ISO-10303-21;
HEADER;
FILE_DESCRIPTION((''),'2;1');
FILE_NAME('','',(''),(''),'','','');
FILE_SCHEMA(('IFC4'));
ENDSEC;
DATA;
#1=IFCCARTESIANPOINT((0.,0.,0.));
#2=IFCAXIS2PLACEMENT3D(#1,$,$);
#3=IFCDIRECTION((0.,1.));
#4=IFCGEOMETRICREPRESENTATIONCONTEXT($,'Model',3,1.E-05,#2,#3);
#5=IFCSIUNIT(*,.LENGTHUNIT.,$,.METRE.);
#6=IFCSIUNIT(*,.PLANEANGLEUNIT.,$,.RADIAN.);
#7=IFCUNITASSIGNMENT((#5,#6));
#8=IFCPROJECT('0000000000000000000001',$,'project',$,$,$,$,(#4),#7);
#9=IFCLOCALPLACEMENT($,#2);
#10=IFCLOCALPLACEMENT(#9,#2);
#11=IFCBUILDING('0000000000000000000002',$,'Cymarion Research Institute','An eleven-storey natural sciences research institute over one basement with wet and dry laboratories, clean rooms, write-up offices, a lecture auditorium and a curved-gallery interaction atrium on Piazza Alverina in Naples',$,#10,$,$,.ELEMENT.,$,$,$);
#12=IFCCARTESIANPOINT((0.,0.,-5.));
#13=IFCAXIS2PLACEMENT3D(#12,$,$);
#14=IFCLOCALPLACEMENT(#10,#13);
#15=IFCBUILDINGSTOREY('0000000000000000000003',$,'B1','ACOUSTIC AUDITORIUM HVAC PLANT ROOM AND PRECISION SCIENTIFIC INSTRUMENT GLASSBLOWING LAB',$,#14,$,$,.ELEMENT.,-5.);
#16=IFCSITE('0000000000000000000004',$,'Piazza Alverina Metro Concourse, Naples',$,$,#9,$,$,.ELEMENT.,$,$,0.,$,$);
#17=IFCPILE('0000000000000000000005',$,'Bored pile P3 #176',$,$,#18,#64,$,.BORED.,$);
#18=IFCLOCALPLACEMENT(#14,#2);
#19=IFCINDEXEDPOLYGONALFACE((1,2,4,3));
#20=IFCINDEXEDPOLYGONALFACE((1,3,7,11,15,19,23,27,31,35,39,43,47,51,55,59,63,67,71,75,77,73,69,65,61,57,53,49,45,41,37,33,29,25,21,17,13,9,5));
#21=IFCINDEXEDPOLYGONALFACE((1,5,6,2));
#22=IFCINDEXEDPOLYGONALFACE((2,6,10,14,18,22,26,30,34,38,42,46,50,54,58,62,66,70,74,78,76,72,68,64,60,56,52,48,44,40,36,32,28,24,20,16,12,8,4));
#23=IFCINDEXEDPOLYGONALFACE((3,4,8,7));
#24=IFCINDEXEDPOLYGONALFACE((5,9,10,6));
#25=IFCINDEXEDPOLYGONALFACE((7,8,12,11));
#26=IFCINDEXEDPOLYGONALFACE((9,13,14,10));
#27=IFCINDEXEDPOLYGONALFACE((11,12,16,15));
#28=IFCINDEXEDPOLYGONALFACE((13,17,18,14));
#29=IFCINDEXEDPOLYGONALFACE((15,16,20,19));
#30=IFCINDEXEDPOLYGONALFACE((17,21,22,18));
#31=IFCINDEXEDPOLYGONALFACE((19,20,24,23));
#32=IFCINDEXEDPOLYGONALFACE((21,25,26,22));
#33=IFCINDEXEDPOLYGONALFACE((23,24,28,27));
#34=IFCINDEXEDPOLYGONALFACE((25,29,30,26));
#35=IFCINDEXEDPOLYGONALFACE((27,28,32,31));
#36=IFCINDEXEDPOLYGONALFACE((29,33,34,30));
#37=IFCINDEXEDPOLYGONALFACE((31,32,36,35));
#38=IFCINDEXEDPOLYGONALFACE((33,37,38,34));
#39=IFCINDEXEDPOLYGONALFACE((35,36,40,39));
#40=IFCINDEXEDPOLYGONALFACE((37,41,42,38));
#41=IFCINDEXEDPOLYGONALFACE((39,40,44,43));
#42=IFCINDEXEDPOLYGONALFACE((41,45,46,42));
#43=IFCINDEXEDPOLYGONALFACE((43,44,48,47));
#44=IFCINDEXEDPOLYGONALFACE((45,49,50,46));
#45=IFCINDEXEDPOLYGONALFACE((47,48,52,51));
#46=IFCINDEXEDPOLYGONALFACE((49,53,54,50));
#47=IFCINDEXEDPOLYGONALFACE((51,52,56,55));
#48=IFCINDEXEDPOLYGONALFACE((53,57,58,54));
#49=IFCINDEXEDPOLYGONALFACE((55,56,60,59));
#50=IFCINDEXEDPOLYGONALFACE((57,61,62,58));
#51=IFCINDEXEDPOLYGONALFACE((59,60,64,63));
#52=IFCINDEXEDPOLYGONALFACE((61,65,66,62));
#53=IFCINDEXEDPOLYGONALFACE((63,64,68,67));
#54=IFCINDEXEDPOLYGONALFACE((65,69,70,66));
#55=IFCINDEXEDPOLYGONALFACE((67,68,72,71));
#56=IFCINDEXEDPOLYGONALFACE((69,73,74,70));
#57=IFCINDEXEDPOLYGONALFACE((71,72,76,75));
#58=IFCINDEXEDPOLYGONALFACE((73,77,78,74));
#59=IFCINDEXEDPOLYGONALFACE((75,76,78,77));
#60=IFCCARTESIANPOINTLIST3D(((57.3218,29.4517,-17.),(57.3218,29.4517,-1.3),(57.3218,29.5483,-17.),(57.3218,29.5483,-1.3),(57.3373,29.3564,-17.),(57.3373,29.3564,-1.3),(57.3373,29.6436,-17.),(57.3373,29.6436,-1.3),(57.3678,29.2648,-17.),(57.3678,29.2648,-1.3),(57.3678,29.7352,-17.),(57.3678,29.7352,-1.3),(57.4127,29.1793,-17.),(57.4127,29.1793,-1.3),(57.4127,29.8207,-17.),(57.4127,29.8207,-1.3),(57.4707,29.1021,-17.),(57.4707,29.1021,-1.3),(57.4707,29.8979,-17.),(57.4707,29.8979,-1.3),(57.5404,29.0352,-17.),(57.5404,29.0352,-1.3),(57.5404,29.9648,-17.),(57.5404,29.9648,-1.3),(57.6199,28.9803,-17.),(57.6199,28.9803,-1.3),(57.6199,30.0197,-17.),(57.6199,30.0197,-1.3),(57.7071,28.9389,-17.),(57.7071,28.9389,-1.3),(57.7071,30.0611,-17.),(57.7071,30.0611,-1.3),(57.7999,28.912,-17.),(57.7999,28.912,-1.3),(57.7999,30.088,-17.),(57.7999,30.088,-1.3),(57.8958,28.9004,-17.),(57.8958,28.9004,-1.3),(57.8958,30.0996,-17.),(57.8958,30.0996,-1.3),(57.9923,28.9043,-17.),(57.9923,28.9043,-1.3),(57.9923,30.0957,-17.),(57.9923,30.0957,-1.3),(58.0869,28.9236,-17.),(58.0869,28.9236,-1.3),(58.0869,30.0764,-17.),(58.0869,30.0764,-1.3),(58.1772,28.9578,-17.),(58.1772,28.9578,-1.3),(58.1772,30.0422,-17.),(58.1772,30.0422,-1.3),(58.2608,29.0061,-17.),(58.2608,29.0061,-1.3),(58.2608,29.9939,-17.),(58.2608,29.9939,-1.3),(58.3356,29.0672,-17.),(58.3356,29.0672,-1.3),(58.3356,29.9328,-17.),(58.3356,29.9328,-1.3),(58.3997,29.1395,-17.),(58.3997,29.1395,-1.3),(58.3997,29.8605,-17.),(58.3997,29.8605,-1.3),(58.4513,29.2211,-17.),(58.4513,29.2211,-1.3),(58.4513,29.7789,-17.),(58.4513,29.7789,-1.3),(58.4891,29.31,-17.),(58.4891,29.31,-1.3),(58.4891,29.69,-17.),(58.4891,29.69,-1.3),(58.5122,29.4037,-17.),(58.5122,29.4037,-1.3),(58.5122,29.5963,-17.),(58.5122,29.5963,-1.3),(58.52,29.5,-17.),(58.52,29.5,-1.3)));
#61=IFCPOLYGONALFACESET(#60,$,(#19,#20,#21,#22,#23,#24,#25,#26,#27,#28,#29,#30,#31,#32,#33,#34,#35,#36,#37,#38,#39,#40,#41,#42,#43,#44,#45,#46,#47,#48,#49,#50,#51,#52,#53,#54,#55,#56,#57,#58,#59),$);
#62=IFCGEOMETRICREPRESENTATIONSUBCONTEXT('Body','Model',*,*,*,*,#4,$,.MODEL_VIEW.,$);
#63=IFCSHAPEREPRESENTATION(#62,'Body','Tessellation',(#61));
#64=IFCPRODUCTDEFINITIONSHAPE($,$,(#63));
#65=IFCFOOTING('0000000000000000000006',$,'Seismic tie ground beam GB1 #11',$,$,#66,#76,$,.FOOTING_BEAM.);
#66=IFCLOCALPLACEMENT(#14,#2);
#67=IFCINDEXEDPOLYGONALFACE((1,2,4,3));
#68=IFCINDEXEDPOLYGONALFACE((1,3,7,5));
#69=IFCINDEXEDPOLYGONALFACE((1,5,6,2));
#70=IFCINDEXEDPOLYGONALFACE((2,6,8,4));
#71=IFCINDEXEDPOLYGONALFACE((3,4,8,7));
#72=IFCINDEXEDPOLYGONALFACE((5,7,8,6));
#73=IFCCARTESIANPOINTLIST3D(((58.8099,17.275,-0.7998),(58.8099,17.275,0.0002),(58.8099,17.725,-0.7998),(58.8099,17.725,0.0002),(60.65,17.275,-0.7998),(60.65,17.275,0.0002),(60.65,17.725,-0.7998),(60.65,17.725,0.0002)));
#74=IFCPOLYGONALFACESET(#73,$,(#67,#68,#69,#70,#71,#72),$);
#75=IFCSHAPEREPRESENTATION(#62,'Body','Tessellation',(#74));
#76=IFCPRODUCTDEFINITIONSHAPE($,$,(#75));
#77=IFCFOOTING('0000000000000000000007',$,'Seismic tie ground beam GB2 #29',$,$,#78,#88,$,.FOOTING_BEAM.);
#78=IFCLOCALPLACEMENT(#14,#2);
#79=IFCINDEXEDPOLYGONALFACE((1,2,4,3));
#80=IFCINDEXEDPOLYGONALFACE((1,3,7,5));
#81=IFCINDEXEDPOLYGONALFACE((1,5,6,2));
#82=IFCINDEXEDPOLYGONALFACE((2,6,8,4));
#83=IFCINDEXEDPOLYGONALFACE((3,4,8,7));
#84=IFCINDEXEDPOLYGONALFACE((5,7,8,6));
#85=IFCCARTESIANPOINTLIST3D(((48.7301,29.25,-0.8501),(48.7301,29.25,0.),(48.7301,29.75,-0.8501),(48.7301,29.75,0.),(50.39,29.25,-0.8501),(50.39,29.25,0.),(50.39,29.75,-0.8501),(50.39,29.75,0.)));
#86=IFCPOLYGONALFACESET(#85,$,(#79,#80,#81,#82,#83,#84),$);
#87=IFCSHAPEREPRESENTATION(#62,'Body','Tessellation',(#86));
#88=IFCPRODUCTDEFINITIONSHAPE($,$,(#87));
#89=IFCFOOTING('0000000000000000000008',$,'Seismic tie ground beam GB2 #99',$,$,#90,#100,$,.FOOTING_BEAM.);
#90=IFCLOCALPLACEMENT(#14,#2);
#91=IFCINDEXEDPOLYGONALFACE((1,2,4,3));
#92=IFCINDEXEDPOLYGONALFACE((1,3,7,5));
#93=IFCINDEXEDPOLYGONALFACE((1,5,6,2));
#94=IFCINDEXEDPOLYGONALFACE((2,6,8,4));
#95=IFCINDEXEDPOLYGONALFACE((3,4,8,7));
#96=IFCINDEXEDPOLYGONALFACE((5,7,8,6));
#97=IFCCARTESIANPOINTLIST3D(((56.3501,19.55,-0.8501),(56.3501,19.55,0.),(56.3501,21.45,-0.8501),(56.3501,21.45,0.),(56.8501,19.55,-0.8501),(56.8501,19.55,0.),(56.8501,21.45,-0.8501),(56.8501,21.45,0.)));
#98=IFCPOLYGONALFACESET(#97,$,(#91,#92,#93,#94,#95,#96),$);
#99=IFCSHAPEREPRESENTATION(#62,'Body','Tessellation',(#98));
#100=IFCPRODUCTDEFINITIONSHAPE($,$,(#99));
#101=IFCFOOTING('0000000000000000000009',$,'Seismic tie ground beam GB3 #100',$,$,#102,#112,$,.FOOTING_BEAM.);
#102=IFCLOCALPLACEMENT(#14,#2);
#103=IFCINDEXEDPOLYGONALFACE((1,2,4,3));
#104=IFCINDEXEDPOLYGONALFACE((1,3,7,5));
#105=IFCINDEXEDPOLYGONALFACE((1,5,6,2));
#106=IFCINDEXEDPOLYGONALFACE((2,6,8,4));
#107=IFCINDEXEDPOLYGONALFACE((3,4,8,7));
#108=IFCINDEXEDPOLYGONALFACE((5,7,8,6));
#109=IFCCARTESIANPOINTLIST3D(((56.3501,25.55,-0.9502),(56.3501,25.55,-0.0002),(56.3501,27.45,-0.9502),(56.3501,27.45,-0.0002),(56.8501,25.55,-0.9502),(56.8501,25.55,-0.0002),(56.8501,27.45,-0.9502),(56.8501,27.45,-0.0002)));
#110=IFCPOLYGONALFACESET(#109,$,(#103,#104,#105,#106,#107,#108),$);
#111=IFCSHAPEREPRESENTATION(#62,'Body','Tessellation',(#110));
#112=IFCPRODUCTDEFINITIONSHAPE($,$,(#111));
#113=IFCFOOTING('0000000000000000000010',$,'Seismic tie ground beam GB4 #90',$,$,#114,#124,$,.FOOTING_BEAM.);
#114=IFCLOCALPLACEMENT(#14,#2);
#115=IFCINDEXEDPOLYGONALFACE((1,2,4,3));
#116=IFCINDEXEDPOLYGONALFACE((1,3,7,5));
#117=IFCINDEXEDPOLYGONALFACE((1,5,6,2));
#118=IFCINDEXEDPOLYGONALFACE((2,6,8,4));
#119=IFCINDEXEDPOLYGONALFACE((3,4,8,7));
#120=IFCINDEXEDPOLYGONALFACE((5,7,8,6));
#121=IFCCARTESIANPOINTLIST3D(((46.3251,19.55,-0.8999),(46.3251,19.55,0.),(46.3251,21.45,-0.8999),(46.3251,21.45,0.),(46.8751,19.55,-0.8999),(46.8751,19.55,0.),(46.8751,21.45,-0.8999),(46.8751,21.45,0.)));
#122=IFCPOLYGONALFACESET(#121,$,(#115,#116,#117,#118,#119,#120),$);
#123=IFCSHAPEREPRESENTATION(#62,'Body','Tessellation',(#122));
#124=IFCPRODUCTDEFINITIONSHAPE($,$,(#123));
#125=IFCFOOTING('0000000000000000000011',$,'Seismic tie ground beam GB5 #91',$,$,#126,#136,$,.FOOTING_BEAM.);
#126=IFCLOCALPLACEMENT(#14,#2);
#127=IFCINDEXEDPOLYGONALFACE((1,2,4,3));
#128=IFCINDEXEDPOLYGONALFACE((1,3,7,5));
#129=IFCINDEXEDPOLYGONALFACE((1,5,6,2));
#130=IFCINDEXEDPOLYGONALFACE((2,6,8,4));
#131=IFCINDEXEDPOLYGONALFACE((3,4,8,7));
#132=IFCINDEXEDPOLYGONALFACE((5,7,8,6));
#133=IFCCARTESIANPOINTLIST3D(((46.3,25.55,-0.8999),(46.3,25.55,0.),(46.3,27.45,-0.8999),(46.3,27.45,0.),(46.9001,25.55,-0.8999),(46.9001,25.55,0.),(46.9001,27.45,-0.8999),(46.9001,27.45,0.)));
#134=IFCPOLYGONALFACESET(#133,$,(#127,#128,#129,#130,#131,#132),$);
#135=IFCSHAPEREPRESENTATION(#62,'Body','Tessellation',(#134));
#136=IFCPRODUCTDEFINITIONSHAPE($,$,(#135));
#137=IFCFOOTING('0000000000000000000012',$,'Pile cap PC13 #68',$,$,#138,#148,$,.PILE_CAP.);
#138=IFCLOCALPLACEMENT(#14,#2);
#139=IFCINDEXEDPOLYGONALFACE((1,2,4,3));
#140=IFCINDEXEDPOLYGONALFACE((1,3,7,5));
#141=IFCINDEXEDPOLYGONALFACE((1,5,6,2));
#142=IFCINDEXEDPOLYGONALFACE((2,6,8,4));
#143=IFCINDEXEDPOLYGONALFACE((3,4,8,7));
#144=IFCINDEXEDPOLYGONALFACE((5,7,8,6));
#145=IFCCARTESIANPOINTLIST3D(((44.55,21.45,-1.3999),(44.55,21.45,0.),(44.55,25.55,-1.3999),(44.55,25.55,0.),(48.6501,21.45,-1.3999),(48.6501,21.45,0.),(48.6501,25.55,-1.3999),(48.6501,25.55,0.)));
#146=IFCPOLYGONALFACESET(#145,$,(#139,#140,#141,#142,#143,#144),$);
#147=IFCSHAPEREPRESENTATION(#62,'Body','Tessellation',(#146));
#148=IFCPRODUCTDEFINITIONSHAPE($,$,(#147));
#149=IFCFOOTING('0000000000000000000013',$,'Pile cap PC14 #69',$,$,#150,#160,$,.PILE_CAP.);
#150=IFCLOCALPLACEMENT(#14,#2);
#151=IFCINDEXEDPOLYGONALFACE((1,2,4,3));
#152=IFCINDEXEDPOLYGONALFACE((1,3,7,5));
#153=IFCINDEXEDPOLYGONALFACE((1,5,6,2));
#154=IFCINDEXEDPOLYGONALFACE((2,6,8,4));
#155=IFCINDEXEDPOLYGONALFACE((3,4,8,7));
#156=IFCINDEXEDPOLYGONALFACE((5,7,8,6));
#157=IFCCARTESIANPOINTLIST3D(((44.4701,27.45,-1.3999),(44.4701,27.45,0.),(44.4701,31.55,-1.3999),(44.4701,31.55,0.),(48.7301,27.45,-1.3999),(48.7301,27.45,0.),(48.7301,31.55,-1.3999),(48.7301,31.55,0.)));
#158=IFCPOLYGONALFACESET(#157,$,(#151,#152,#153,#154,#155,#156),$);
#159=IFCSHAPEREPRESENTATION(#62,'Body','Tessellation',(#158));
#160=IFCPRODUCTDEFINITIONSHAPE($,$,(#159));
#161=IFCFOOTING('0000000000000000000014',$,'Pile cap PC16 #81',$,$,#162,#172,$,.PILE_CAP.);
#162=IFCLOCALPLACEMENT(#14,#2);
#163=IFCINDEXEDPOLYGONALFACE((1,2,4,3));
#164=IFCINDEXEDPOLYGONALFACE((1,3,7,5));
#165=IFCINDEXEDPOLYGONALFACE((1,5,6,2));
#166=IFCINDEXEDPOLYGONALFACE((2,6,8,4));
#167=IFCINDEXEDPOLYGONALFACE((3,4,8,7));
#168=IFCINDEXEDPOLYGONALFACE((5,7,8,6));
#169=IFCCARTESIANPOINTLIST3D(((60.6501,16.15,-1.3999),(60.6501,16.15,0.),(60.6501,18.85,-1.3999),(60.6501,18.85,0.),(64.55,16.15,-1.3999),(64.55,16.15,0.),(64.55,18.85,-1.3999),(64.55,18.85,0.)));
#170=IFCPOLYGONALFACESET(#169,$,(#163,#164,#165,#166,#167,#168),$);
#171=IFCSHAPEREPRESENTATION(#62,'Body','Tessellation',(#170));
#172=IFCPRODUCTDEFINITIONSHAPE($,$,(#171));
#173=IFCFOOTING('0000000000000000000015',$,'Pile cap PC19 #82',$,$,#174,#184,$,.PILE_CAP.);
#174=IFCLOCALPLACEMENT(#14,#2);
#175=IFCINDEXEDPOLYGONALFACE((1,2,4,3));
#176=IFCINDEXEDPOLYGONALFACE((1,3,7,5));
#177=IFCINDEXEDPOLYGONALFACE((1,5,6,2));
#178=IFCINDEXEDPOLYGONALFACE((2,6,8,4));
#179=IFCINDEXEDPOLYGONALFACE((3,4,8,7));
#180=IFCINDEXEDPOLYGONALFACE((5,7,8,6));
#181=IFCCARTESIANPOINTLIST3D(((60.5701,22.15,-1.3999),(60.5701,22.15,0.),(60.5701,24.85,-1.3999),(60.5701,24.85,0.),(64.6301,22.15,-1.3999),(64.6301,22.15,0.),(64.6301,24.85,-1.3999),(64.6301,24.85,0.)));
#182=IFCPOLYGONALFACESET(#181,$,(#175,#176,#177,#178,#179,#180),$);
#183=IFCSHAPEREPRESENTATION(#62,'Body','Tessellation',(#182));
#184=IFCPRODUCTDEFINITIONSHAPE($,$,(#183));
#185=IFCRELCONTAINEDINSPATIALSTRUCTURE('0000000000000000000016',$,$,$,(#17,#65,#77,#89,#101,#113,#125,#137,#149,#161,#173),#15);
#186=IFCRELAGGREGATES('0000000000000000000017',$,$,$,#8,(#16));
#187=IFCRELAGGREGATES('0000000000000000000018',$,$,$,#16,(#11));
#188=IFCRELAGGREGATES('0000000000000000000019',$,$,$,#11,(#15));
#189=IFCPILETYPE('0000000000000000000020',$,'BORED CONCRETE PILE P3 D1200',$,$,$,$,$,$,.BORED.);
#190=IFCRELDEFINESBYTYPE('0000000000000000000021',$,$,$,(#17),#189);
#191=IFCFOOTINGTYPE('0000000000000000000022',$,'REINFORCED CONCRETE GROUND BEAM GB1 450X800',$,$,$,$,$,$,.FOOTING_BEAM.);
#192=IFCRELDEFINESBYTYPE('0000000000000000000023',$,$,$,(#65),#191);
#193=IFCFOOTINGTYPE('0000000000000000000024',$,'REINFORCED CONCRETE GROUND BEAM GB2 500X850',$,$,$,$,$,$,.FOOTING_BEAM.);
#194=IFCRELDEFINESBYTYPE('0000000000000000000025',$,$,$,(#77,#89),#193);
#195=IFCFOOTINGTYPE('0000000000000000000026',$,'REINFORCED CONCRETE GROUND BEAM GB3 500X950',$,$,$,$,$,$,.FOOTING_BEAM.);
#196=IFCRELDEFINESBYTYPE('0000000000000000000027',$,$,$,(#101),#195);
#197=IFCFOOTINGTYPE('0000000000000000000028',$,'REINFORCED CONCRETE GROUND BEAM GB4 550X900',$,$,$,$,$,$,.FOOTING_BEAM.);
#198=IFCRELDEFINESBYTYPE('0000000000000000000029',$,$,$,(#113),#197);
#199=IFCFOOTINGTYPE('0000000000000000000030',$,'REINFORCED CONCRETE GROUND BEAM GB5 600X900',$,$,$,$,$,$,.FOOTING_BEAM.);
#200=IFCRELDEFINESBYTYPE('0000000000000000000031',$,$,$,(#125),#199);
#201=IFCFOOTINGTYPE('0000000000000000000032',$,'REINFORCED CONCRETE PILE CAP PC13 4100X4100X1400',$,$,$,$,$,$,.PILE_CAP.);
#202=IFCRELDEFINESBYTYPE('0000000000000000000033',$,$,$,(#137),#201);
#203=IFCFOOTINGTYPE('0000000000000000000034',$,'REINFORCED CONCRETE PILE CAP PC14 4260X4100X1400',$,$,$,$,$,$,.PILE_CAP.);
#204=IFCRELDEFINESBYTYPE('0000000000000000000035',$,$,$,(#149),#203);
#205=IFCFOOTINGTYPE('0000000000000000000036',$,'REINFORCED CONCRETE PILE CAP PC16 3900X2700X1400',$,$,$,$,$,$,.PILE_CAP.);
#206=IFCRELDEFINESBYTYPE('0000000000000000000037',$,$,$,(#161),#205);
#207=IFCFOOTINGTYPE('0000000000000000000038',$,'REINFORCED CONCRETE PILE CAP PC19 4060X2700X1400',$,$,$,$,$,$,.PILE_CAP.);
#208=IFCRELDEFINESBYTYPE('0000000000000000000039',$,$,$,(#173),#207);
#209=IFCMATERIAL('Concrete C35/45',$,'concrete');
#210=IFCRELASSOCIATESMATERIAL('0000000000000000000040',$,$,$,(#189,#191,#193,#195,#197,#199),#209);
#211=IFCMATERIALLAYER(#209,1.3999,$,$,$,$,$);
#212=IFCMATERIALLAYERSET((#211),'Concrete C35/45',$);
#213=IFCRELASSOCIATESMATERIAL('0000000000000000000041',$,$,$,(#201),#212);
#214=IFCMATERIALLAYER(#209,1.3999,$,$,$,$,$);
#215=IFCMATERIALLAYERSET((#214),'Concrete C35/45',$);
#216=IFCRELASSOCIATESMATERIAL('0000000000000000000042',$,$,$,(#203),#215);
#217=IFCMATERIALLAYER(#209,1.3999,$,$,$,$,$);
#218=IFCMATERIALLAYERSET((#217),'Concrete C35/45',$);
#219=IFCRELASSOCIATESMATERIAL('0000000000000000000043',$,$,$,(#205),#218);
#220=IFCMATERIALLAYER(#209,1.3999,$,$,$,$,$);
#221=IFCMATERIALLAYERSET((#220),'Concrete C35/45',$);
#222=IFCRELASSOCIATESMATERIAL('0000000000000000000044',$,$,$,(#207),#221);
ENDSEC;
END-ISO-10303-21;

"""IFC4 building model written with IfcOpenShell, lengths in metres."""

from ifc_helpers import new_model, si_unit, direction, frame, origin, origin_2d, place, context, subcontext, project, spatial, rectangle, circle, extrude, material, layer, layer_set, material_profile, profile_set, type_object, element, save


model = new_model("IFC4")

# Units and contexts
model_context = context("Model", 3, precision=1e-05, world=origin(), true_north=direction((0.0, 1.0)))
body_context = subcontext(model_context, "Body", "Model", "MODEL_VIEW")
ifc_project = project(units=[si_unit("LENGTHUNIT", "METRE"), si_unit("PLANEANGLEUNIT", "RADIAN")], contexts=[model_context])

# Site, building, storey
site_placement = place(None, origin())
site = spatial("IfcSite", under=ifc_project, at=site_placement, Name="Piazza Alverina Metro Concourse, Naples", CompositionType="ELEMENT", RefElevation=0.0)
building_placement = place(site_placement, origin())
building = spatial("IfcBuilding", under=site, at=building_placement, Name="Cymarion Research Institute", Description="An eleven-storey natural sciences research institute over one basement with wet and dry laboratories, clean rooms, write-up offices, a lecture auditorium and a curved-gallery interaction atrium on Piazza Alverina in Naples", CompositionType="ELEMENT")
storey_placement = place(building_placement, frame((0.0, 0.0, -5.0)))
storey = spatial("IfcBuildingStorey", under=building, at=storey_placement, Name="B1", Description="ACOUSTIC AUDITORIUM HVAC PLANT ROOM AND PRECISION SCIENTIFIC INSTRUMENT GLASSBLOWING LAB", CompositionType="ELEMENT", Elevation=-5.0)

# Pile
ifc_material_1 = material(Name="Concrete C35/45", Category="concrete")
ifc_material_profile_1 = material_profile(ifc_material_1, circle(Radius=0.6001, at=origin_2d()), Name="BORED PILE D1200")
ifc_profile_set_1 = profile_set([ifc_material_profile_1], Name="Concrete C35/45")
pile_type_1 = type_object("IfcPileType", Name="BORED CONCRETE PILE P3 D1200", PredefinedType="BORED", material=ifc_profile_set_1)
for number, where, z_axis, x_axis, name in (
    (1, (57.9199, 29.5, -1.3), (0.0, 0.0, -1.0), (1.0, 0.0, 0.0), "Bored pile P3 #176"),
):
    element("IfcPile", number, at=place(storey_placement, frame(where, z_axis=z_axis, x_axis=x_axis)), inside=storey, type_object=pile_type_1, Name=name, PredefinedType="BORED", context=body_context, shape_type="SweptSolid", body=[
        extrude(circle(Radius=0.6001, at=origin_2d()), origin(), (0.0, 0.0, 1.0), 15.7),
    ])

# Footings
footing_type_1 = type_object("IfcFootingType", Name="REINFORCED CONCRETE GROUND BEAM GB1 450X800", PredefinedType="FOOTING_BEAM", material=ifc_material_1)
footing_1_placement = place(storey_placement, frame((59.73, 17.5, -0.7998), z_axis=(0.0, 0.0, 1.0), x_axis=(1.0, 0.0, 0.0)))
element("IfcFooting", 2, at=footing_1_placement, inside=storey, type_object=footing_type_1, Name="Seismic tie ground beam GB1 #11", PredefinedType="FOOTING_BEAM", context=body_context, shape_type="SweptSolid", body=[
    extrude(rectangle(XDim=1.8401, YDim=0.45, at=origin_2d()), origin(), (0.0, 0.0, 1.0), 0.8),
])
footing_type_2 = type_object("IfcFootingType", Name="REINFORCED CONCRETE GROUND BEAM GB2 500X850", PredefinedType="FOOTING_BEAM", material=ifc_material_1)
footing_2_placement = place(storey_placement, frame((49.5601, 29.5, -0.8501), z_axis=(0.0, 0.0, 1.0), x_axis=(1.0, 0.0, 0.0)))
element("IfcFooting", 3, at=footing_2_placement, inside=storey, type_object=footing_type_2, Name="Seismic tie ground beam GB2 #29", PredefinedType="FOOTING_BEAM", context=body_context, shape_type="SweptSolid", body=[
    extrude(rectangle(XDim=1.6599, YDim=0.5, at=origin_2d()), origin(), (0.0, 0.0, 1.0), 0.8501),
])
footing_3_placement = place(storey_placement, frame((56.6001, 20.5, -0.8501), z_axis=(0.0, 0.0, 1.0), x_axis=(0.0, 1.0, 0.0)))
element("IfcFooting", 4, at=footing_3_placement, inside=storey, type_object=footing_type_2, Name="Seismic tie ground beam GB2 #99", PredefinedType="FOOTING_BEAM", context=body_context, shape_type="SweptSolid", body=[
    extrude(rectangle(XDim=1.8999, YDim=0.5, at=origin_2d()), origin(), (0.0, 0.0, 1.0), 0.8501),
])
footing_type_3 = type_object("IfcFootingType", Name="REINFORCED CONCRETE GROUND BEAM GB3 500X950", PredefinedType="FOOTING_BEAM", material=ifc_material_1)
footing_4_placement = place(storey_placement, frame((56.6001, 26.5, -0.9502), z_axis=(0.0, 0.0, 1.0), x_axis=(0.0, 1.0, 0.0)))
element("IfcFooting", 5, at=footing_4_placement, inside=storey, type_object=footing_type_3, Name="Seismic tie ground beam GB3 #100", PredefinedType="FOOTING_BEAM", context=body_context, shape_type="SweptSolid", body=[
    extrude(rectangle(XDim=1.8999, YDim=0.5, at=origin_2d()), origin(), (0.0, 0.0, 1.0), 0.95),
])
footing_type_4 = type_object("IfcFootingType", Name="REINFORCED CONCRETE GROUND BEAM GB4 550X900", PredefinedType="FOOTING_BEAM", material=ifc_material_1)
footing_5_placement = place(storey_placement, frame((46.6001, 20.5, -0.8999), z_axis=(0.0, 0.0, 1.0), x_axis=(0.0, 1.0, 0.0)))
element("IfcFooting", 6, at=footing_5_placement, inside=storey, type_object=footing_type_4, Name="Seismic tie ground beam GB4 #90", PredefinedType="FOOTING_BEAM", context=body_context, shape_type="SweptSolid", body=[
    extrude(rectangle(XDim=1.8999, YDim=0.55, at=origin_2d()), origin(), (0.0, 0.0, 1.0), 0.8999),
])
footing_type_5 = type_object("IfcFootingType", Name="REINFORCED CONCRETE GROUND BEAM GB5 600X900", PredefinedType="FOOTING_BEAM", material=ifc_material_1)
footing_6_placement = place(storey_placement, frame((46.6001, 26.5, -0.8999), z_axis=(0.0, 0.0, 1.0), x_axis=(0.0, 1.0, 0.0)))
element("IfcFooting", 7, at=footing_6_placement, inside=storey, type_object=footing_type_5, Name="Seismic tie ground beam GB5 #91", PredefinedType="FOOTING_BEAM", context=body_context, shape_type="SweptSolid", body=[
    extrude(rectangle(XDim=1.8999, YDim=0.6001, at=origin_2d()), origin(), (0.0, 0.0, 1.0), 0.8999),
])
ifc_layer_1 = layer(ifc_material_1, 1.3999)
ifc_layer_set_1 = layer_set([ifc_layer_1], Name="Concrete C35/45")
footing_type_6 = type_object("IfcFootingType", Name="REINFORCED CONCRETE PILE CAP PC13 4100X4100X1400", PredefinedType="PILE_CAP", material=ifc_layer_set_1)
footing_7_placement = place(storey_placement, frame((46.6001, 23.5, -1.3999), z_axis=(0.0, 0.0, 1.0), x_axis=(1.0, 0.0, 0.0)))
element("IfcFooting", 8, at=footing_7_placement, inside=storey, type_object=footing_type_6, Name="Pile cap PC13 #68", PredefinedType="PILE_CAP", context=body_context, shape_type="SweptSolid", body=[
    extrude(rectangle(XDim=4.1001, YDim=4.1001, at=origin_2d()), origin(), (0.0, 0.0, 1.0), 1.3999),
])
ifc_layer_2 = layer(ifc_material_1, 1.3999)
ifc_layer_set_2 = layer_set([ifc_layer_2], Name="Concrete C35/45")
footing_type_7 = type_object("IfcFootingType", Name="REINFORCED CONCRETE PILE CAP PC14 4260X4100X1400", PredefinedType="PILE_CAP", material=ifc_layer_set_2)
footing_8_placement = place(storey_placement, frame((46.6001, 29.5, -1.3999), z_axis=(0.0, 0.0, 1.0), x_axis=(1.0, 0.0, 0.0)))
element("IfcFooting", 9, at=footing_8_placement, inside=storey, type_object=footing_type_7, Name="Pile cap PC14 #69", PredefinedType="PILE_CAP", context=body_context, shape_type="SweptSolid", body=[
    extrude(rectangle(XDim=4.26, YDim=4.1001, at=origin_2d()), origin(), (0.0, 0.0, 1.0), 1.3999),
])
ifc_layer_3 = layer(ifc_material_1, 1.3999)
ifc_layer_set_3 = layer_set([ifc_layer_3], Name="Concrete C35/45")
footing_type_8 = type_object("IfcFootingType", Name="REINFORCED CONCRETE PILE CAP PC16 3900X2700X1400", PredefinedType="PILE_CAP", material=ifc_layer_set_3)
footing_9_placement = place(storey_placement, frame((62.6001, 17.5, -1.3999), z_axis=(0.0, 0.0, 1.0), x_axis=(1.0, 0.0, 0.0)))
element("IfcFooting", 10, at=footing_9_placement, inside=storey, type_object=footing_type_8, Name="Pile cap PC16 #81", PredefinedType="PILE_CAP", context=body_context, shape_type="SweptSolid", body=[
    extrude(rectangle(XDim=3.8999, YDim=2.7, at=origin_2d()), origin(), (0.0, 0.0, 1.0), 1.3999),
])
ifc_layer_4 = layer(ifc_material_1, 1.3999)
ifc_layer_set_4 = layer_set([ifc_layer_4], Name="Concrete C35/45")
footing_type_9 = type_object("IfcFootingType", Name="REINFORCED CONCRETE PILE CAP PC19 4060X2700X1400", PredefinedType="PILE_CAP", material=ifc_layer_set_4)
footing_10_placement = place(storey_placement, frame((62.6001, 23.5, -1.3999), z_axis=(0.0, 0.0, 1.0), x_axis=(1.0, 0.0, 0.0)))
element("IfcFooting", 11, at=footing_10_placement, inside=storey, type_object=footing_type_9, Name="Pile cap PC19 #82", PredefinedType="PILE_CAP", context=body_context, shape_type="SweptSolid", body=[
    extrude(rectangle(XDim=4.0601, YDim=2.7, at=origin_2d()), origin(), (0.0, 0.0, 1.0), 1.3999),
])

save(model, "model.ifc")
